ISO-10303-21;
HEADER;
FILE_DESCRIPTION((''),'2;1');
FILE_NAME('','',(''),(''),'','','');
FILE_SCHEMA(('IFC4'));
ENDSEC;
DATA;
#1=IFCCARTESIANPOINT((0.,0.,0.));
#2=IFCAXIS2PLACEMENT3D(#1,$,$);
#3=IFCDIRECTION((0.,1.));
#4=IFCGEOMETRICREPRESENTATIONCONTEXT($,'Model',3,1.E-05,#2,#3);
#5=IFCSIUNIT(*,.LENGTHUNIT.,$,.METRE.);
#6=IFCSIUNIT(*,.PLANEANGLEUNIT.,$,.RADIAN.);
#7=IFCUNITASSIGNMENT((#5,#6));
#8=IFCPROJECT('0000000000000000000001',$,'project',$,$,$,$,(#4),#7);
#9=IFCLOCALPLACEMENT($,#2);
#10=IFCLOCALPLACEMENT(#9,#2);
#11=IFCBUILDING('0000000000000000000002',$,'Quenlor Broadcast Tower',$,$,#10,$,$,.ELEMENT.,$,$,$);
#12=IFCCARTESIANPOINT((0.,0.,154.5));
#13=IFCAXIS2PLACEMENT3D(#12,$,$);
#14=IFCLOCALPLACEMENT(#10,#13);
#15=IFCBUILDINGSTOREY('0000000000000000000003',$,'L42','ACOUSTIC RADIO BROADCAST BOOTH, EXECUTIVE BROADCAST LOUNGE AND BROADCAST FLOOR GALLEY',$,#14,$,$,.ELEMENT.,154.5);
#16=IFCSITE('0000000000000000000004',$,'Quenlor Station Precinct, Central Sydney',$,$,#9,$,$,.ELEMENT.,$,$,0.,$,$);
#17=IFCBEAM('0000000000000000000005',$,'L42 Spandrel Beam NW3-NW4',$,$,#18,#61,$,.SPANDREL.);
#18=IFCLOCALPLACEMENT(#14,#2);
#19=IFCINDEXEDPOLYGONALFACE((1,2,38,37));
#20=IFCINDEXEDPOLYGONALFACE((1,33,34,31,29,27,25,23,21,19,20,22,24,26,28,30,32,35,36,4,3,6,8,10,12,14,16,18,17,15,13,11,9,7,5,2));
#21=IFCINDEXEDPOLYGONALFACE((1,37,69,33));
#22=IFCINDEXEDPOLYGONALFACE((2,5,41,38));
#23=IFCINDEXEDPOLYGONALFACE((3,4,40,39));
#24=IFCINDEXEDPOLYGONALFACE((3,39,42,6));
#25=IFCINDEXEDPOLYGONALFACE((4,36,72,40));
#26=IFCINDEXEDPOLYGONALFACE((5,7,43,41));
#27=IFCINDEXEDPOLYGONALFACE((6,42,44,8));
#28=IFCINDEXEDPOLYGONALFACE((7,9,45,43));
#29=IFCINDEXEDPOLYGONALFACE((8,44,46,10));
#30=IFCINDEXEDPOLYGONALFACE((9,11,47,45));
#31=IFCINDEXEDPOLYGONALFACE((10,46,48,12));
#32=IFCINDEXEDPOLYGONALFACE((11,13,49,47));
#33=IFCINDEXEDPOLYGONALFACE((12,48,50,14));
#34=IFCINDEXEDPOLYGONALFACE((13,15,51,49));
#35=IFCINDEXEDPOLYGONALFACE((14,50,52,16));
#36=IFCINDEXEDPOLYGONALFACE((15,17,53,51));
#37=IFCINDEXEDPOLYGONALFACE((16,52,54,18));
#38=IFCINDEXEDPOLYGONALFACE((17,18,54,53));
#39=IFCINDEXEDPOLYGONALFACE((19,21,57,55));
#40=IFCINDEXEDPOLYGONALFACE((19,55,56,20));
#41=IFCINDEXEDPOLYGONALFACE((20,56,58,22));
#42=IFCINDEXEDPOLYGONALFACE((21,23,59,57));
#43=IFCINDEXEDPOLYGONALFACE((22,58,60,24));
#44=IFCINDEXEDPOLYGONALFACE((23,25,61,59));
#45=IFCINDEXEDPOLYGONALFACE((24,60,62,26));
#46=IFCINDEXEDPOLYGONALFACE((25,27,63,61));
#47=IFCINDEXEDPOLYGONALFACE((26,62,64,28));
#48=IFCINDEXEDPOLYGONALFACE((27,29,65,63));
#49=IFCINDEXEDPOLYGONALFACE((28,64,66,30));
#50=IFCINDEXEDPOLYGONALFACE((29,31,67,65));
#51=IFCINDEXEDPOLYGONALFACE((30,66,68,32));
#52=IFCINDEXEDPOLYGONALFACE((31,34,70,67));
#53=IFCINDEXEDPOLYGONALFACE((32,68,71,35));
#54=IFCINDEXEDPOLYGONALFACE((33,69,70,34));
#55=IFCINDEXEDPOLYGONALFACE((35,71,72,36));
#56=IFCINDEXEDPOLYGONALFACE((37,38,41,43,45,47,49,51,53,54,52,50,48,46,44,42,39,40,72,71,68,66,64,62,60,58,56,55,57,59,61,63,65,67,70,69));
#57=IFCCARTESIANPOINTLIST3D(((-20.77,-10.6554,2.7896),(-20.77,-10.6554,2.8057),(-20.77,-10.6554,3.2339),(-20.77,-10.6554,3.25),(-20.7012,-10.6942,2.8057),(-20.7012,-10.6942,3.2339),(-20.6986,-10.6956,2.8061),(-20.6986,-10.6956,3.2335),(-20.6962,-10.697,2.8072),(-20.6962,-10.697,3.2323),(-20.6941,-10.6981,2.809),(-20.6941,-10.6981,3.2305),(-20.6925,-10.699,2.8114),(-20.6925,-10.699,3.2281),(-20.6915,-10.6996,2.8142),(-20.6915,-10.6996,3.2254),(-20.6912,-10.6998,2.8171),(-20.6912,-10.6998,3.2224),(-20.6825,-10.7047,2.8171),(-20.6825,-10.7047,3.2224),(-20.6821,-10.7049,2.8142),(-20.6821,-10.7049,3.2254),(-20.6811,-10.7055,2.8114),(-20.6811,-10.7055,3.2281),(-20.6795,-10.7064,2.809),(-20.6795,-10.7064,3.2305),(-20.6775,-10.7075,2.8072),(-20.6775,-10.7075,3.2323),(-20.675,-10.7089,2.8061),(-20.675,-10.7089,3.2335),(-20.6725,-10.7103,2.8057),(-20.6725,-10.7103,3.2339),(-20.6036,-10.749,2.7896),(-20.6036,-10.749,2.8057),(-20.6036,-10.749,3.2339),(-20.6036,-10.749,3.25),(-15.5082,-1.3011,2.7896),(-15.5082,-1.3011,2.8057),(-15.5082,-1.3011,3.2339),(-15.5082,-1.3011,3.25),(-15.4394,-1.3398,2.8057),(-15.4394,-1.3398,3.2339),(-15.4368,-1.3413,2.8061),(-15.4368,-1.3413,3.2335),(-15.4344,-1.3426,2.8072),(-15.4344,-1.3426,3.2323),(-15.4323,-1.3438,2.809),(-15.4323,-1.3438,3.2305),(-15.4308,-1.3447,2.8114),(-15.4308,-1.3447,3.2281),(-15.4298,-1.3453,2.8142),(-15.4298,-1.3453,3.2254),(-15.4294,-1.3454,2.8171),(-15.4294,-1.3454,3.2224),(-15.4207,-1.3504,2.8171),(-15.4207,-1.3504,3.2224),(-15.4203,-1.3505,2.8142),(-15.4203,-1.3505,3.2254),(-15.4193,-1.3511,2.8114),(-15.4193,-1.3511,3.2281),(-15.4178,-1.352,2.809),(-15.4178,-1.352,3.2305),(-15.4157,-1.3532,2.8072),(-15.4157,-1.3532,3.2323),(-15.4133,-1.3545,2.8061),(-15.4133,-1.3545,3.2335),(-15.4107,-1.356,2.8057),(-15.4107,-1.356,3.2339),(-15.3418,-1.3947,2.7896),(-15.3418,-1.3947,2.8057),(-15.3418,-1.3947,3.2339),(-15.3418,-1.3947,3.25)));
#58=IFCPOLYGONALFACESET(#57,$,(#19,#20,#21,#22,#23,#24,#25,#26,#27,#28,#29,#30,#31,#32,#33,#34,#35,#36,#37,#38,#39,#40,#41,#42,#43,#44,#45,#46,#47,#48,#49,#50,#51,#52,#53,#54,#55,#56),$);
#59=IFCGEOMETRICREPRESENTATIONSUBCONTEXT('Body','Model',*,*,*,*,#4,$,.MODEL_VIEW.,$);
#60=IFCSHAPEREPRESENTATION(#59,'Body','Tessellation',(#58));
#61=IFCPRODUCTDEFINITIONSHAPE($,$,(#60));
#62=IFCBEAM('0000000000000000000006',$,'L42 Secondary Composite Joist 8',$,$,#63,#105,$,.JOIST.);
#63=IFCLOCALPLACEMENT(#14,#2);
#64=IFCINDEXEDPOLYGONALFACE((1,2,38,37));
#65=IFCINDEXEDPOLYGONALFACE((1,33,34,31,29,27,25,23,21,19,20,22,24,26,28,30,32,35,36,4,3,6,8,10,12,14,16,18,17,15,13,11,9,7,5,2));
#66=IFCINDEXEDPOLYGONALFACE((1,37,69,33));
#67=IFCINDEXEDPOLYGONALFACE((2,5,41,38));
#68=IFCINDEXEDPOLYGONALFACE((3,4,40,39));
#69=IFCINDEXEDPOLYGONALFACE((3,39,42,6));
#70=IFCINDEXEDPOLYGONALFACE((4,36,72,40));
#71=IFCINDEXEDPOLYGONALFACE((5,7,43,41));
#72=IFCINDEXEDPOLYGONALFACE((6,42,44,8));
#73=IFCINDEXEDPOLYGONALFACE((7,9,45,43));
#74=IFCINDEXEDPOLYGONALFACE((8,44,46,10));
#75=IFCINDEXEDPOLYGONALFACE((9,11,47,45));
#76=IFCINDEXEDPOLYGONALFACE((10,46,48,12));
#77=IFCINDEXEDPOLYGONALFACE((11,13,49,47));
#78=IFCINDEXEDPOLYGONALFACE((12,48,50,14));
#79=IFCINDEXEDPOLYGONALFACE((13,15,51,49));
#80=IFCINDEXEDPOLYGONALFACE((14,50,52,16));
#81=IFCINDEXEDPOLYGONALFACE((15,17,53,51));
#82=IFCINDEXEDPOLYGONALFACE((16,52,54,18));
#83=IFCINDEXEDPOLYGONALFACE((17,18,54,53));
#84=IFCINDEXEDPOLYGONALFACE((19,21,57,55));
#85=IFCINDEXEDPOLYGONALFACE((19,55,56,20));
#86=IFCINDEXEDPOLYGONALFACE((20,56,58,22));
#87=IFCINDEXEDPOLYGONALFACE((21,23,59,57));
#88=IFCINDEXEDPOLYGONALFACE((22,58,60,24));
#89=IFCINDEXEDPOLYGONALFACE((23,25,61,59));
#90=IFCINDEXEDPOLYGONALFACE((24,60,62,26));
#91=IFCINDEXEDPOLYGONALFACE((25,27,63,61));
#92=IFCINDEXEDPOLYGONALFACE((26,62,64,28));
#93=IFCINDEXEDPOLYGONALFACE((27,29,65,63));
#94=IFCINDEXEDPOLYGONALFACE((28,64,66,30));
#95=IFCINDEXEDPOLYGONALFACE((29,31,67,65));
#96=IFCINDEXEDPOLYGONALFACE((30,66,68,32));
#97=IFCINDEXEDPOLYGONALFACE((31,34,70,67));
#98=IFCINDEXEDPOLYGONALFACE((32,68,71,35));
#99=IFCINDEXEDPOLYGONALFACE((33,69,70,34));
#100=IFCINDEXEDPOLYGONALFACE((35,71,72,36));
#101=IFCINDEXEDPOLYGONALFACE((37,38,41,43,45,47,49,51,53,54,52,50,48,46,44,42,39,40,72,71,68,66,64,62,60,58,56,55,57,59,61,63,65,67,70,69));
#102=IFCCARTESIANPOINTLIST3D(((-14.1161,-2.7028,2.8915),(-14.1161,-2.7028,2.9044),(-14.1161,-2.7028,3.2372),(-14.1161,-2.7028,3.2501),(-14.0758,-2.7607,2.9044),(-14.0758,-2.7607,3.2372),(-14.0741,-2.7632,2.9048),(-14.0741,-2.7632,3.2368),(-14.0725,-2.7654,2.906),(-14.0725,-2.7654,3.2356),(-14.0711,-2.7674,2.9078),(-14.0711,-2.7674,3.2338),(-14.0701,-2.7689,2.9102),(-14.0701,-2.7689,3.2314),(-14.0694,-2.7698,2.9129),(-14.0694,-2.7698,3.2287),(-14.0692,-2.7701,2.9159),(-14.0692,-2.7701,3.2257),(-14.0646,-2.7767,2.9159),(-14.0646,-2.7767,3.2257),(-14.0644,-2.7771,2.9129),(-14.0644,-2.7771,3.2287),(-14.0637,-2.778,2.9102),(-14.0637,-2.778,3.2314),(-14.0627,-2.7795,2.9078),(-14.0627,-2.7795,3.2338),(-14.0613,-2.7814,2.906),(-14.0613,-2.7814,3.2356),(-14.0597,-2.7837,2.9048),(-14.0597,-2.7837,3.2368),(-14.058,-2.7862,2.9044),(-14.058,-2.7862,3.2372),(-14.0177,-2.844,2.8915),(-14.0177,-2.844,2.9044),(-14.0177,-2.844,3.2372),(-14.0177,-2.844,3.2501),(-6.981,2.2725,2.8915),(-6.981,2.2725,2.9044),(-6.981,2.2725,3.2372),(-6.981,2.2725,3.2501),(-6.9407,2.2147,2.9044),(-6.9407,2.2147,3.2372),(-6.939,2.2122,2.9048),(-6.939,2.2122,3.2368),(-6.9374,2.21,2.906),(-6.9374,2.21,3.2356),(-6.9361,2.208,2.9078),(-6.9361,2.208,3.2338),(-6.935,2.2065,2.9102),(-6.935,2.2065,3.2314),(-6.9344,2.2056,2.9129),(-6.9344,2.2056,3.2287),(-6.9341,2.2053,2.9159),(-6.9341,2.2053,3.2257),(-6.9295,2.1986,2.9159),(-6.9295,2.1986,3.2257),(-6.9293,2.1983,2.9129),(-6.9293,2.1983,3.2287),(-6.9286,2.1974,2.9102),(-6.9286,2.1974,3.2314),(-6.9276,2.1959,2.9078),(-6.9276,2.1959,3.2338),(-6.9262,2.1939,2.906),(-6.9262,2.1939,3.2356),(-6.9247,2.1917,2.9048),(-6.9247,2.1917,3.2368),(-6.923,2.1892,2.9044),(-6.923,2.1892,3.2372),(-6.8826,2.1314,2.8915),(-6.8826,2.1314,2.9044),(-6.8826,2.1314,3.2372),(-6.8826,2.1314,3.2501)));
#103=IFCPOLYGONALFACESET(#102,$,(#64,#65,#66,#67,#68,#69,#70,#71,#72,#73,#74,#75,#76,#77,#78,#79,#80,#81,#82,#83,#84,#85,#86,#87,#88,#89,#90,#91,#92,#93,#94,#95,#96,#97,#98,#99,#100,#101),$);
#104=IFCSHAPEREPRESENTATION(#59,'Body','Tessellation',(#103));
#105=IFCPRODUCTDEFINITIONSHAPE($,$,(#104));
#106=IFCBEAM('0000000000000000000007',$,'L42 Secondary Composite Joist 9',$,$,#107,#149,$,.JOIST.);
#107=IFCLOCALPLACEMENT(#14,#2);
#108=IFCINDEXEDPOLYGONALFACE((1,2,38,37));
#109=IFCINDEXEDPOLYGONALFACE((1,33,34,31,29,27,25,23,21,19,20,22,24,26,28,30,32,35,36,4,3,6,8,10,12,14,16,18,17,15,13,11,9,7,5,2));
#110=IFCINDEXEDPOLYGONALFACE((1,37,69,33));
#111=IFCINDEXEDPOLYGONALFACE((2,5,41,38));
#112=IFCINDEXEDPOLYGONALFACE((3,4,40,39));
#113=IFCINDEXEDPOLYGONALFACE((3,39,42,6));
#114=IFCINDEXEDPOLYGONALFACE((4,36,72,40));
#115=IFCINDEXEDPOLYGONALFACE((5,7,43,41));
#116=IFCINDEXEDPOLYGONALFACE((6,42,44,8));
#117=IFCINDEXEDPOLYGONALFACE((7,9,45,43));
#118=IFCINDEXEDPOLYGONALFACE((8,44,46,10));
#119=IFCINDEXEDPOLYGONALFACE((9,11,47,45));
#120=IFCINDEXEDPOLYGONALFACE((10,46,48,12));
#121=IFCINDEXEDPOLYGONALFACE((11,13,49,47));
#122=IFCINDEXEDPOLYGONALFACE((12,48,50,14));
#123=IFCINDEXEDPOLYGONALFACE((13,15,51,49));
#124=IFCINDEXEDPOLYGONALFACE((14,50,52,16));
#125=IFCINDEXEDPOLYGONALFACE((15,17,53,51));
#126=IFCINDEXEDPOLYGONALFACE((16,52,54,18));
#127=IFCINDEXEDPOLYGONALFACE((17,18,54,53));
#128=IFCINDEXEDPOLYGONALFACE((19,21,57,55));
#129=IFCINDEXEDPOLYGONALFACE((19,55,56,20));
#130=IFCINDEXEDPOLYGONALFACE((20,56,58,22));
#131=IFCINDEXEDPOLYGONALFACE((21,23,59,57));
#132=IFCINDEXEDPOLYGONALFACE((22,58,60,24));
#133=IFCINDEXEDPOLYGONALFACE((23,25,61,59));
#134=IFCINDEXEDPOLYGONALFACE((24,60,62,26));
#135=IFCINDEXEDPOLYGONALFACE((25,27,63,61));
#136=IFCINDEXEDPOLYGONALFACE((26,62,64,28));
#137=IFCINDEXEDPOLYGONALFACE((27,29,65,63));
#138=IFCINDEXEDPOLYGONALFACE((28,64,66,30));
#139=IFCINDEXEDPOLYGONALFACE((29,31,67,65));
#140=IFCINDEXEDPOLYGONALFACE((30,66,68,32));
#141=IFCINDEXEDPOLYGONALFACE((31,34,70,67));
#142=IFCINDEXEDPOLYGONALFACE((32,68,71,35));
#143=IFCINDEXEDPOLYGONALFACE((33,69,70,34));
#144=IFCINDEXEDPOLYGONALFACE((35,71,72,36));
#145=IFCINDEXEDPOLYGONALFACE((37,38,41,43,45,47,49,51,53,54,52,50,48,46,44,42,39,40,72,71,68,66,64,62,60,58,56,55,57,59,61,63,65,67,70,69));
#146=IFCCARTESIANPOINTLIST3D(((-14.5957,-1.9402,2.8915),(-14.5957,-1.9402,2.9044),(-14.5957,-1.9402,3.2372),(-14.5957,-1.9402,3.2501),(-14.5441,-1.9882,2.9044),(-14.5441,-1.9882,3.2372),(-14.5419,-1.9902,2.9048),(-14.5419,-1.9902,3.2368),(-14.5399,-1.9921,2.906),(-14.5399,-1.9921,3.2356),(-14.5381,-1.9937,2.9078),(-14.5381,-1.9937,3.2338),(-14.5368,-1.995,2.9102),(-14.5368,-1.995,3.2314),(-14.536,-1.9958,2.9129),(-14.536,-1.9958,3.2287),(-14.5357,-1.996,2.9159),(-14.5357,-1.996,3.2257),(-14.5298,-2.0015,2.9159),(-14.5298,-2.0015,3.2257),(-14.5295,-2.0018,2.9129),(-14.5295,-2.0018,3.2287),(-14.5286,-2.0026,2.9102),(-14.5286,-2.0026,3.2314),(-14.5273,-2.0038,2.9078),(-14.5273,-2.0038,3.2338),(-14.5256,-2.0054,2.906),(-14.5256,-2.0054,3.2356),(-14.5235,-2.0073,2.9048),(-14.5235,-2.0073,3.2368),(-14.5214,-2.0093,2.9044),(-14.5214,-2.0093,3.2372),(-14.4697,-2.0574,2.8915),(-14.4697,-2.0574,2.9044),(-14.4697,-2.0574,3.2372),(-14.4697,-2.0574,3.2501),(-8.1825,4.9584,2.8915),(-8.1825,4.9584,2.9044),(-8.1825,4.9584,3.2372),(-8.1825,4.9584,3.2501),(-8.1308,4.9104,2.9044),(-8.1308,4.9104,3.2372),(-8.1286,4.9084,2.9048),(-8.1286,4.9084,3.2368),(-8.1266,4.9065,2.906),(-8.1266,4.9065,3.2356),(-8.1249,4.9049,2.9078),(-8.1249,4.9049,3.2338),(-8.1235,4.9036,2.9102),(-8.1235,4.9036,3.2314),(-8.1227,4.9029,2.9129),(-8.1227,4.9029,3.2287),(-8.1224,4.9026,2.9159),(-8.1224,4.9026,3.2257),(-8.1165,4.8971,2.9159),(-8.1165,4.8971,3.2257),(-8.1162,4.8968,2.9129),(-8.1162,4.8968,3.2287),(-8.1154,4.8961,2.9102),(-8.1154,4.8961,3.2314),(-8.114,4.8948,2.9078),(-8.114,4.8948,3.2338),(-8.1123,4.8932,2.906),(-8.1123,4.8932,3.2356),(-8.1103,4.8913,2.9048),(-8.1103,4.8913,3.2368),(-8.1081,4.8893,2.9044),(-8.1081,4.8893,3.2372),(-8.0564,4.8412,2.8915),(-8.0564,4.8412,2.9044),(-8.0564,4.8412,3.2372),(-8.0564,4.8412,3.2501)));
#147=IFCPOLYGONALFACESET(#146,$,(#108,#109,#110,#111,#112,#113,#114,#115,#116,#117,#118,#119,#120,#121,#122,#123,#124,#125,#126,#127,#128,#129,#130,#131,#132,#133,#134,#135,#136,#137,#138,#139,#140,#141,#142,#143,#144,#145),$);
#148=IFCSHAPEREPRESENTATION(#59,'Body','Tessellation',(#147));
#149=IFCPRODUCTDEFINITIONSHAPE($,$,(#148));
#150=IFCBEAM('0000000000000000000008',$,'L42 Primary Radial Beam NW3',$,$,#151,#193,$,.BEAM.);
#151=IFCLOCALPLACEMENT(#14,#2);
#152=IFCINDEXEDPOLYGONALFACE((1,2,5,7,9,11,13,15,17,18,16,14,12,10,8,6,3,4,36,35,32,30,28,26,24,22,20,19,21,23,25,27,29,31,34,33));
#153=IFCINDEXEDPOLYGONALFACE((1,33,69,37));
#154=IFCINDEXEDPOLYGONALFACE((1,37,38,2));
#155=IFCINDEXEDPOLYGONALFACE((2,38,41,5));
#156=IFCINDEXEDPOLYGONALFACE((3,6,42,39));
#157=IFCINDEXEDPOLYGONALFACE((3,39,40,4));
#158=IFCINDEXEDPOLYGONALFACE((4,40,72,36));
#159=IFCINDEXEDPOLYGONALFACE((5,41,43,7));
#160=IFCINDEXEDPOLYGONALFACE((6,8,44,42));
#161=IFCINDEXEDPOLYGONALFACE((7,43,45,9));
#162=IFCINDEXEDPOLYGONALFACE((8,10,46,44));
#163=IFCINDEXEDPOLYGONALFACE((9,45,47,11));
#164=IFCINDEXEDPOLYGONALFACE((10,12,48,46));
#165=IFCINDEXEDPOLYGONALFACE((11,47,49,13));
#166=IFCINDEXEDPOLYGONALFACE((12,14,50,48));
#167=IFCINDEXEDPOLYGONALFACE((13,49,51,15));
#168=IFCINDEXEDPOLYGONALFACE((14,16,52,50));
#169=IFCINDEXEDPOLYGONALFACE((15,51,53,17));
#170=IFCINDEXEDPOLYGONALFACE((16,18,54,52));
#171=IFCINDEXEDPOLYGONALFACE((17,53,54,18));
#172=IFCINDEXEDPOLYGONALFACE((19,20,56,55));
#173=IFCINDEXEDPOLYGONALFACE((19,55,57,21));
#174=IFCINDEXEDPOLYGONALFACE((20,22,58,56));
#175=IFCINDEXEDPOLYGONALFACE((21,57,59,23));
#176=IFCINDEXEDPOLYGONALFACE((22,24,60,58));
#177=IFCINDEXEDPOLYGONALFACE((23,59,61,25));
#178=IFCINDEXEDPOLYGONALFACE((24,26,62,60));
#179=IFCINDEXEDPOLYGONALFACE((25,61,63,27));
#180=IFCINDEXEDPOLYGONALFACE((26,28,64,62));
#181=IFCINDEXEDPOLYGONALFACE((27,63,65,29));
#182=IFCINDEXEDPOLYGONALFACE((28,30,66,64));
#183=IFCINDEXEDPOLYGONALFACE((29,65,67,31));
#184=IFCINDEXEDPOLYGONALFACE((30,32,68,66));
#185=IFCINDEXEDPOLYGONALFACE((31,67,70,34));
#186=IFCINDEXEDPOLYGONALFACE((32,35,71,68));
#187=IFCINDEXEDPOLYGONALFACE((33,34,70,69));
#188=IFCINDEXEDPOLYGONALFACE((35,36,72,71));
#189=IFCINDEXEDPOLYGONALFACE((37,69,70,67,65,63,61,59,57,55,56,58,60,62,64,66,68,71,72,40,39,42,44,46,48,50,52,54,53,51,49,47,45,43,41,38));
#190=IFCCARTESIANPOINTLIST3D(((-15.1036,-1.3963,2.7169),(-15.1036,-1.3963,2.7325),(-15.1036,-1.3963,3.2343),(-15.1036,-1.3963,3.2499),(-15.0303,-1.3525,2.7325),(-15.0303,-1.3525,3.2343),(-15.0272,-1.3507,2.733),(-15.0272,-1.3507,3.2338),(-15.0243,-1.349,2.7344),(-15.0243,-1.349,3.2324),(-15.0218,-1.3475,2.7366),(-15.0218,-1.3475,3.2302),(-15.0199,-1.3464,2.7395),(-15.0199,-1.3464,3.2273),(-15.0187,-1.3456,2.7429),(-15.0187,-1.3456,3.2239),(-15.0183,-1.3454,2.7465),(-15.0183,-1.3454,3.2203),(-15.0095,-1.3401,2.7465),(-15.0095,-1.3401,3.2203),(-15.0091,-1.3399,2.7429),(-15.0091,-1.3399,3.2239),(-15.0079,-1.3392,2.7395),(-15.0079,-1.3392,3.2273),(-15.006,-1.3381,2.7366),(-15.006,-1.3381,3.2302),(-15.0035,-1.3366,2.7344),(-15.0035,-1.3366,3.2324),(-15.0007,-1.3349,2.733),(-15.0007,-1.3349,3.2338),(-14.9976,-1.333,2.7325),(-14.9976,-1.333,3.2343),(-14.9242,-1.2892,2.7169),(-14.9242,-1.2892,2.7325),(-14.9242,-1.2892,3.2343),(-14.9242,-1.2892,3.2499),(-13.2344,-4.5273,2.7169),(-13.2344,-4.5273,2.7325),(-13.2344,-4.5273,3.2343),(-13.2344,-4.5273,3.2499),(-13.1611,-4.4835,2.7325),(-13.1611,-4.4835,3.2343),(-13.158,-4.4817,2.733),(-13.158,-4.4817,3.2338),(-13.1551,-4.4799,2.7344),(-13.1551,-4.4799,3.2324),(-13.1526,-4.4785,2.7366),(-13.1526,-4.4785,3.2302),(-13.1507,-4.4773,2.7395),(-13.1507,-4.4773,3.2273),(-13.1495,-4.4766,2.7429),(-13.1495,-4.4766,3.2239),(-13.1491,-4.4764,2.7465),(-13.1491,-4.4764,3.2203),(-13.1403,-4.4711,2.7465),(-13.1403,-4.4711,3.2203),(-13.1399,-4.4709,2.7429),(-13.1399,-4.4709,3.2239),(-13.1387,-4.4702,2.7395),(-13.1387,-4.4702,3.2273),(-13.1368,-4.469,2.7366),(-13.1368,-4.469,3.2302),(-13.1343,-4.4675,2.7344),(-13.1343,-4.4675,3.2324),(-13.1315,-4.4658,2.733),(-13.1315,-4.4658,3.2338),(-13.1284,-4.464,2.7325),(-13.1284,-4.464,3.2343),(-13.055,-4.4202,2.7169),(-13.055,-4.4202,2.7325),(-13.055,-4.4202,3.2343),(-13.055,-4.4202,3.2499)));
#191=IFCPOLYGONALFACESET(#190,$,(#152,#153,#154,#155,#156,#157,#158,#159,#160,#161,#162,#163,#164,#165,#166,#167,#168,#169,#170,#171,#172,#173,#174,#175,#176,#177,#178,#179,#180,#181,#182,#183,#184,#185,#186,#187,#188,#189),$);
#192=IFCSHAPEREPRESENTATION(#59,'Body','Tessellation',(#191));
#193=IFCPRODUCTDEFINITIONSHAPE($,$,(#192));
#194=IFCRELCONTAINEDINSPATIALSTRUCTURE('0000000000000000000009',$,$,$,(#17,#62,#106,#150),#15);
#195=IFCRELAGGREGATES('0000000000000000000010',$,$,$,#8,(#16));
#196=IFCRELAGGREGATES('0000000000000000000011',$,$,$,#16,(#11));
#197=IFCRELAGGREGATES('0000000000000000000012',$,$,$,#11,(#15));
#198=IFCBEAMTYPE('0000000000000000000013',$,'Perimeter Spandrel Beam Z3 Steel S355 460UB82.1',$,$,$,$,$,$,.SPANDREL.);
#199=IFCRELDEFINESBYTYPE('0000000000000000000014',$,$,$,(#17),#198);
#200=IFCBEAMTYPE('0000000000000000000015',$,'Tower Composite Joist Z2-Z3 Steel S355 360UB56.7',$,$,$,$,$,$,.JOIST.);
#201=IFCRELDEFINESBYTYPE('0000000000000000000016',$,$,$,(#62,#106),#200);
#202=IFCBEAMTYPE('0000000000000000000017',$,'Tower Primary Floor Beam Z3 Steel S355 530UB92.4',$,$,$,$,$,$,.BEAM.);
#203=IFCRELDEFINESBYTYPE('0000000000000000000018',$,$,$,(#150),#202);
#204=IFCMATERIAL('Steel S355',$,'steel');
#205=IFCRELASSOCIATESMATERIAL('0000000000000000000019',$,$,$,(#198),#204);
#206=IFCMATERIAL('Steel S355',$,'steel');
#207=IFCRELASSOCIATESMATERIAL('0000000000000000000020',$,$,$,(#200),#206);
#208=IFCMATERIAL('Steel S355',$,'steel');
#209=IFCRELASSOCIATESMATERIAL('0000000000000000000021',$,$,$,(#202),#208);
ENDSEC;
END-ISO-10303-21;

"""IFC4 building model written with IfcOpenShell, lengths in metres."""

from ifc_helpers import new_model, si_unit, direction, frame, origin, origin_2d, place, context, subcontext, project, spatial, i_section, extrude, material, material_profile, profile_set, type_object, element, save


model = new_model("IFC4")

# Units and contexts
model_context = context("Model", 3, precision=1e-05, world=origin(), true_north=direction((0.0, 1.0)))
body_context = subcontext(model_context, "Body", "Model", "MODEL_VIEW")
ifc_project = project(units=[si_unit("LENGTHUNIT", "METRE"), si_unit("PLANEANGLEUNIT", "RADIAN")], contexts=[model_context])

# Site, building, storey
site_placement = place(None, origin())
site = spatial("IfcSite", under=ifc_project, at=site_placement, Name="Quenlor Station Precinct, Central Sydney", CompositionType="ELEMENT", RefElevation=0.0)
building_placement = place(site_placement, origin())
building = spatial("IfcBuilding", under=site, at=building_placement, Name="Quenlor Broadcast Tower", CompositionType="ELEMENT")
storey_placement = place(building_placement, frame((0.0, 0.0, 154.5)))
storey = spatial("IfcBuildingStorey", under=building, at=storey_placement, Name="L42", Description="ACOUSTIC RADIO BROADCAST BOOTH, EXECUTIVE BROADCAST LOUNGE AND BROADCAST FLOOR GALLEY", CompositionType="ELEMENT", Elevation=154.5)

# Beams
ifc_material_1 = material(Name="Steel S355", Category="steel")
ifc_material_profile_1 = material_profile(ifc_material_1, i_section(OverallWidth=0.1909, OverallDepth=0.4604, WebThickness=0.01, FlangeThickness=0.0161, FilletRadius=0.0115, at=origin_2d()))
ifc_profile_set_1 = profile_set([ifc_material_profile_1], Name="Steel S355 460UB82.1")
beam_type_1 = type_object("IfcBeamType", Name="Perimeter Spandrel Beam Z3 Steel S355 460UB82.1", PredefinedType="SPANDREL", material=ifc_profile_set_1)
beam_1_placement = place(storey_placement, frame((-15.425, -1.3479, 3.0198), z_axis=(-0.490258, -0.871577, 0.0), x_axis=(0.871577, -0.490258, 0.0)))
element("IfcBeam", 1, at=beam_1_placement, inside=storey, type_object=beam_type_1, Name="L42 Spandrel Beam NW3-NW4", PredefinedType="SPANDREL", context=body_context, shape_type="SweptSolid", body=[
    extrude(i_section(OverallWidth=0.1909, OverallDepth=0.4604, WebThickness=0.01, FlangeThickness=0.0161, FilletRadius=0.0115, at=origin_2d()), origin(), (0.0, 0.0, 1.0), 10.7327),
])
ifc_material_2 = material(Name="Steel S355", Category="steel")
ifc_material_profile_2 = material_profile(ifc_material_2, i_section(OverallWidth=0.1721, OverallDepth=0.3586, WebThickness=0.0081, FlangeThickness=0.0129, FilletRadius=0.0115, at=origin_2d()))
ifc_profile_set_2 = profile_set([ifc_material_profile_2], Name="Steel S355 360UB56.7")
beam_type_2 = type_object("IfcBeamType", Name="Tower Composite Joist Z2-Z3 Steel S355 360UB56.7", PredefinedType="JOIST", material=ifc_profile_set_2)
beam_2_placement = place(storey_placement, frame((-14.0669, -2.7734, 3.0708), z_axis=(0.820266, 0.571983, 0.0), x_axis=(-0.571983, 0.820266, 0.0)))
element("IfcBeam", 2, at=beam_2_placement, inside=storey, type_object=beam_type_2, Name="L42 Secondary Composite Joist 8", PredefinedType="JOIST", context=body_context, shape_type="SweptSolid", body=[
    extrude(i_section(OverallWidth=0.1721, OverallDepth=0.3586, WebThickness=0.0081, FlangeThickness=0.0129, FilletRadius=0.0115, at=origin_2d()), origin(), (0.0, 0.0, 1.0), 8.6985),
])
beam_3_placement = place(storey_placement, frame((-14.5327, -1.9988, 3.0708), z_axis=(0.680874, 0.732401, 0.0), x_axis=(-0.732401, 0.680874, 0.0)))
element("IfcBeam", 3, at=beam_3_placement, inside=storey, type_object=beam_type_2, Name="L42 Secondary Composite Joist 9", PredefinedType="JOIST", context=body_context, shape_type="SweptSolid", body=[
    extrude(i_section(OverallWidth=0.1721, OverallDepth=0.3586, WebThickness=0.0081, FlangeThickness=0.0129, FilletRadius=0.0115, at=origin_2d()), origin(), (0.0, 0.0, 1.0), 9.4192),
])
ifc_material_3 = material(Name="Steel S355", Category="steel")
ifc_material_profile_3 = material_profile(ifc_material_3, i_section(OverallWidth=0.209, OverallDepth=0.533, WebThickness=0.0103, FlangeThickness=0.0156, FilletRadius=0.0139, at=origin_2d()))
ifc_profile_set_3 = profile_set([ifc_material_profile_3], Name="Steel S355 530UB92.4")
beam_type_3 = type_object("IfcBeamType", Name="Tower Primary Floor Beam Z3 Steel S355 530UB92.4", PredefinedType="BEAM", material=ifc_profile_set_3)
beam_4_placement = place(storey_placement, frame((-15.0139, -1.3428, 2.9834), z_axis=(0.512604, -0.858625, 0.0), x_axis=(0.858625, 0.512604, 0.0)))
element("IfcBeam", 4, at=beam_4_placement, inside=storey, type_object=beam_type_3, Name="L42 Primary Radial Beam NW3", PredefinedType="BEAM", context=body_context, shape_type="SweptSolid", body=[
    extrude(i_section(OverallWidth=0.209, OverallDepth=0.533, WebThickness=0.0103, FlangeThickness=0.0156, FilletRadius=0.0139, at=origin_2d()), origin(), (0.0, 0.0, 1.0), 3.6465),
])

save(model, "model.ifc")
